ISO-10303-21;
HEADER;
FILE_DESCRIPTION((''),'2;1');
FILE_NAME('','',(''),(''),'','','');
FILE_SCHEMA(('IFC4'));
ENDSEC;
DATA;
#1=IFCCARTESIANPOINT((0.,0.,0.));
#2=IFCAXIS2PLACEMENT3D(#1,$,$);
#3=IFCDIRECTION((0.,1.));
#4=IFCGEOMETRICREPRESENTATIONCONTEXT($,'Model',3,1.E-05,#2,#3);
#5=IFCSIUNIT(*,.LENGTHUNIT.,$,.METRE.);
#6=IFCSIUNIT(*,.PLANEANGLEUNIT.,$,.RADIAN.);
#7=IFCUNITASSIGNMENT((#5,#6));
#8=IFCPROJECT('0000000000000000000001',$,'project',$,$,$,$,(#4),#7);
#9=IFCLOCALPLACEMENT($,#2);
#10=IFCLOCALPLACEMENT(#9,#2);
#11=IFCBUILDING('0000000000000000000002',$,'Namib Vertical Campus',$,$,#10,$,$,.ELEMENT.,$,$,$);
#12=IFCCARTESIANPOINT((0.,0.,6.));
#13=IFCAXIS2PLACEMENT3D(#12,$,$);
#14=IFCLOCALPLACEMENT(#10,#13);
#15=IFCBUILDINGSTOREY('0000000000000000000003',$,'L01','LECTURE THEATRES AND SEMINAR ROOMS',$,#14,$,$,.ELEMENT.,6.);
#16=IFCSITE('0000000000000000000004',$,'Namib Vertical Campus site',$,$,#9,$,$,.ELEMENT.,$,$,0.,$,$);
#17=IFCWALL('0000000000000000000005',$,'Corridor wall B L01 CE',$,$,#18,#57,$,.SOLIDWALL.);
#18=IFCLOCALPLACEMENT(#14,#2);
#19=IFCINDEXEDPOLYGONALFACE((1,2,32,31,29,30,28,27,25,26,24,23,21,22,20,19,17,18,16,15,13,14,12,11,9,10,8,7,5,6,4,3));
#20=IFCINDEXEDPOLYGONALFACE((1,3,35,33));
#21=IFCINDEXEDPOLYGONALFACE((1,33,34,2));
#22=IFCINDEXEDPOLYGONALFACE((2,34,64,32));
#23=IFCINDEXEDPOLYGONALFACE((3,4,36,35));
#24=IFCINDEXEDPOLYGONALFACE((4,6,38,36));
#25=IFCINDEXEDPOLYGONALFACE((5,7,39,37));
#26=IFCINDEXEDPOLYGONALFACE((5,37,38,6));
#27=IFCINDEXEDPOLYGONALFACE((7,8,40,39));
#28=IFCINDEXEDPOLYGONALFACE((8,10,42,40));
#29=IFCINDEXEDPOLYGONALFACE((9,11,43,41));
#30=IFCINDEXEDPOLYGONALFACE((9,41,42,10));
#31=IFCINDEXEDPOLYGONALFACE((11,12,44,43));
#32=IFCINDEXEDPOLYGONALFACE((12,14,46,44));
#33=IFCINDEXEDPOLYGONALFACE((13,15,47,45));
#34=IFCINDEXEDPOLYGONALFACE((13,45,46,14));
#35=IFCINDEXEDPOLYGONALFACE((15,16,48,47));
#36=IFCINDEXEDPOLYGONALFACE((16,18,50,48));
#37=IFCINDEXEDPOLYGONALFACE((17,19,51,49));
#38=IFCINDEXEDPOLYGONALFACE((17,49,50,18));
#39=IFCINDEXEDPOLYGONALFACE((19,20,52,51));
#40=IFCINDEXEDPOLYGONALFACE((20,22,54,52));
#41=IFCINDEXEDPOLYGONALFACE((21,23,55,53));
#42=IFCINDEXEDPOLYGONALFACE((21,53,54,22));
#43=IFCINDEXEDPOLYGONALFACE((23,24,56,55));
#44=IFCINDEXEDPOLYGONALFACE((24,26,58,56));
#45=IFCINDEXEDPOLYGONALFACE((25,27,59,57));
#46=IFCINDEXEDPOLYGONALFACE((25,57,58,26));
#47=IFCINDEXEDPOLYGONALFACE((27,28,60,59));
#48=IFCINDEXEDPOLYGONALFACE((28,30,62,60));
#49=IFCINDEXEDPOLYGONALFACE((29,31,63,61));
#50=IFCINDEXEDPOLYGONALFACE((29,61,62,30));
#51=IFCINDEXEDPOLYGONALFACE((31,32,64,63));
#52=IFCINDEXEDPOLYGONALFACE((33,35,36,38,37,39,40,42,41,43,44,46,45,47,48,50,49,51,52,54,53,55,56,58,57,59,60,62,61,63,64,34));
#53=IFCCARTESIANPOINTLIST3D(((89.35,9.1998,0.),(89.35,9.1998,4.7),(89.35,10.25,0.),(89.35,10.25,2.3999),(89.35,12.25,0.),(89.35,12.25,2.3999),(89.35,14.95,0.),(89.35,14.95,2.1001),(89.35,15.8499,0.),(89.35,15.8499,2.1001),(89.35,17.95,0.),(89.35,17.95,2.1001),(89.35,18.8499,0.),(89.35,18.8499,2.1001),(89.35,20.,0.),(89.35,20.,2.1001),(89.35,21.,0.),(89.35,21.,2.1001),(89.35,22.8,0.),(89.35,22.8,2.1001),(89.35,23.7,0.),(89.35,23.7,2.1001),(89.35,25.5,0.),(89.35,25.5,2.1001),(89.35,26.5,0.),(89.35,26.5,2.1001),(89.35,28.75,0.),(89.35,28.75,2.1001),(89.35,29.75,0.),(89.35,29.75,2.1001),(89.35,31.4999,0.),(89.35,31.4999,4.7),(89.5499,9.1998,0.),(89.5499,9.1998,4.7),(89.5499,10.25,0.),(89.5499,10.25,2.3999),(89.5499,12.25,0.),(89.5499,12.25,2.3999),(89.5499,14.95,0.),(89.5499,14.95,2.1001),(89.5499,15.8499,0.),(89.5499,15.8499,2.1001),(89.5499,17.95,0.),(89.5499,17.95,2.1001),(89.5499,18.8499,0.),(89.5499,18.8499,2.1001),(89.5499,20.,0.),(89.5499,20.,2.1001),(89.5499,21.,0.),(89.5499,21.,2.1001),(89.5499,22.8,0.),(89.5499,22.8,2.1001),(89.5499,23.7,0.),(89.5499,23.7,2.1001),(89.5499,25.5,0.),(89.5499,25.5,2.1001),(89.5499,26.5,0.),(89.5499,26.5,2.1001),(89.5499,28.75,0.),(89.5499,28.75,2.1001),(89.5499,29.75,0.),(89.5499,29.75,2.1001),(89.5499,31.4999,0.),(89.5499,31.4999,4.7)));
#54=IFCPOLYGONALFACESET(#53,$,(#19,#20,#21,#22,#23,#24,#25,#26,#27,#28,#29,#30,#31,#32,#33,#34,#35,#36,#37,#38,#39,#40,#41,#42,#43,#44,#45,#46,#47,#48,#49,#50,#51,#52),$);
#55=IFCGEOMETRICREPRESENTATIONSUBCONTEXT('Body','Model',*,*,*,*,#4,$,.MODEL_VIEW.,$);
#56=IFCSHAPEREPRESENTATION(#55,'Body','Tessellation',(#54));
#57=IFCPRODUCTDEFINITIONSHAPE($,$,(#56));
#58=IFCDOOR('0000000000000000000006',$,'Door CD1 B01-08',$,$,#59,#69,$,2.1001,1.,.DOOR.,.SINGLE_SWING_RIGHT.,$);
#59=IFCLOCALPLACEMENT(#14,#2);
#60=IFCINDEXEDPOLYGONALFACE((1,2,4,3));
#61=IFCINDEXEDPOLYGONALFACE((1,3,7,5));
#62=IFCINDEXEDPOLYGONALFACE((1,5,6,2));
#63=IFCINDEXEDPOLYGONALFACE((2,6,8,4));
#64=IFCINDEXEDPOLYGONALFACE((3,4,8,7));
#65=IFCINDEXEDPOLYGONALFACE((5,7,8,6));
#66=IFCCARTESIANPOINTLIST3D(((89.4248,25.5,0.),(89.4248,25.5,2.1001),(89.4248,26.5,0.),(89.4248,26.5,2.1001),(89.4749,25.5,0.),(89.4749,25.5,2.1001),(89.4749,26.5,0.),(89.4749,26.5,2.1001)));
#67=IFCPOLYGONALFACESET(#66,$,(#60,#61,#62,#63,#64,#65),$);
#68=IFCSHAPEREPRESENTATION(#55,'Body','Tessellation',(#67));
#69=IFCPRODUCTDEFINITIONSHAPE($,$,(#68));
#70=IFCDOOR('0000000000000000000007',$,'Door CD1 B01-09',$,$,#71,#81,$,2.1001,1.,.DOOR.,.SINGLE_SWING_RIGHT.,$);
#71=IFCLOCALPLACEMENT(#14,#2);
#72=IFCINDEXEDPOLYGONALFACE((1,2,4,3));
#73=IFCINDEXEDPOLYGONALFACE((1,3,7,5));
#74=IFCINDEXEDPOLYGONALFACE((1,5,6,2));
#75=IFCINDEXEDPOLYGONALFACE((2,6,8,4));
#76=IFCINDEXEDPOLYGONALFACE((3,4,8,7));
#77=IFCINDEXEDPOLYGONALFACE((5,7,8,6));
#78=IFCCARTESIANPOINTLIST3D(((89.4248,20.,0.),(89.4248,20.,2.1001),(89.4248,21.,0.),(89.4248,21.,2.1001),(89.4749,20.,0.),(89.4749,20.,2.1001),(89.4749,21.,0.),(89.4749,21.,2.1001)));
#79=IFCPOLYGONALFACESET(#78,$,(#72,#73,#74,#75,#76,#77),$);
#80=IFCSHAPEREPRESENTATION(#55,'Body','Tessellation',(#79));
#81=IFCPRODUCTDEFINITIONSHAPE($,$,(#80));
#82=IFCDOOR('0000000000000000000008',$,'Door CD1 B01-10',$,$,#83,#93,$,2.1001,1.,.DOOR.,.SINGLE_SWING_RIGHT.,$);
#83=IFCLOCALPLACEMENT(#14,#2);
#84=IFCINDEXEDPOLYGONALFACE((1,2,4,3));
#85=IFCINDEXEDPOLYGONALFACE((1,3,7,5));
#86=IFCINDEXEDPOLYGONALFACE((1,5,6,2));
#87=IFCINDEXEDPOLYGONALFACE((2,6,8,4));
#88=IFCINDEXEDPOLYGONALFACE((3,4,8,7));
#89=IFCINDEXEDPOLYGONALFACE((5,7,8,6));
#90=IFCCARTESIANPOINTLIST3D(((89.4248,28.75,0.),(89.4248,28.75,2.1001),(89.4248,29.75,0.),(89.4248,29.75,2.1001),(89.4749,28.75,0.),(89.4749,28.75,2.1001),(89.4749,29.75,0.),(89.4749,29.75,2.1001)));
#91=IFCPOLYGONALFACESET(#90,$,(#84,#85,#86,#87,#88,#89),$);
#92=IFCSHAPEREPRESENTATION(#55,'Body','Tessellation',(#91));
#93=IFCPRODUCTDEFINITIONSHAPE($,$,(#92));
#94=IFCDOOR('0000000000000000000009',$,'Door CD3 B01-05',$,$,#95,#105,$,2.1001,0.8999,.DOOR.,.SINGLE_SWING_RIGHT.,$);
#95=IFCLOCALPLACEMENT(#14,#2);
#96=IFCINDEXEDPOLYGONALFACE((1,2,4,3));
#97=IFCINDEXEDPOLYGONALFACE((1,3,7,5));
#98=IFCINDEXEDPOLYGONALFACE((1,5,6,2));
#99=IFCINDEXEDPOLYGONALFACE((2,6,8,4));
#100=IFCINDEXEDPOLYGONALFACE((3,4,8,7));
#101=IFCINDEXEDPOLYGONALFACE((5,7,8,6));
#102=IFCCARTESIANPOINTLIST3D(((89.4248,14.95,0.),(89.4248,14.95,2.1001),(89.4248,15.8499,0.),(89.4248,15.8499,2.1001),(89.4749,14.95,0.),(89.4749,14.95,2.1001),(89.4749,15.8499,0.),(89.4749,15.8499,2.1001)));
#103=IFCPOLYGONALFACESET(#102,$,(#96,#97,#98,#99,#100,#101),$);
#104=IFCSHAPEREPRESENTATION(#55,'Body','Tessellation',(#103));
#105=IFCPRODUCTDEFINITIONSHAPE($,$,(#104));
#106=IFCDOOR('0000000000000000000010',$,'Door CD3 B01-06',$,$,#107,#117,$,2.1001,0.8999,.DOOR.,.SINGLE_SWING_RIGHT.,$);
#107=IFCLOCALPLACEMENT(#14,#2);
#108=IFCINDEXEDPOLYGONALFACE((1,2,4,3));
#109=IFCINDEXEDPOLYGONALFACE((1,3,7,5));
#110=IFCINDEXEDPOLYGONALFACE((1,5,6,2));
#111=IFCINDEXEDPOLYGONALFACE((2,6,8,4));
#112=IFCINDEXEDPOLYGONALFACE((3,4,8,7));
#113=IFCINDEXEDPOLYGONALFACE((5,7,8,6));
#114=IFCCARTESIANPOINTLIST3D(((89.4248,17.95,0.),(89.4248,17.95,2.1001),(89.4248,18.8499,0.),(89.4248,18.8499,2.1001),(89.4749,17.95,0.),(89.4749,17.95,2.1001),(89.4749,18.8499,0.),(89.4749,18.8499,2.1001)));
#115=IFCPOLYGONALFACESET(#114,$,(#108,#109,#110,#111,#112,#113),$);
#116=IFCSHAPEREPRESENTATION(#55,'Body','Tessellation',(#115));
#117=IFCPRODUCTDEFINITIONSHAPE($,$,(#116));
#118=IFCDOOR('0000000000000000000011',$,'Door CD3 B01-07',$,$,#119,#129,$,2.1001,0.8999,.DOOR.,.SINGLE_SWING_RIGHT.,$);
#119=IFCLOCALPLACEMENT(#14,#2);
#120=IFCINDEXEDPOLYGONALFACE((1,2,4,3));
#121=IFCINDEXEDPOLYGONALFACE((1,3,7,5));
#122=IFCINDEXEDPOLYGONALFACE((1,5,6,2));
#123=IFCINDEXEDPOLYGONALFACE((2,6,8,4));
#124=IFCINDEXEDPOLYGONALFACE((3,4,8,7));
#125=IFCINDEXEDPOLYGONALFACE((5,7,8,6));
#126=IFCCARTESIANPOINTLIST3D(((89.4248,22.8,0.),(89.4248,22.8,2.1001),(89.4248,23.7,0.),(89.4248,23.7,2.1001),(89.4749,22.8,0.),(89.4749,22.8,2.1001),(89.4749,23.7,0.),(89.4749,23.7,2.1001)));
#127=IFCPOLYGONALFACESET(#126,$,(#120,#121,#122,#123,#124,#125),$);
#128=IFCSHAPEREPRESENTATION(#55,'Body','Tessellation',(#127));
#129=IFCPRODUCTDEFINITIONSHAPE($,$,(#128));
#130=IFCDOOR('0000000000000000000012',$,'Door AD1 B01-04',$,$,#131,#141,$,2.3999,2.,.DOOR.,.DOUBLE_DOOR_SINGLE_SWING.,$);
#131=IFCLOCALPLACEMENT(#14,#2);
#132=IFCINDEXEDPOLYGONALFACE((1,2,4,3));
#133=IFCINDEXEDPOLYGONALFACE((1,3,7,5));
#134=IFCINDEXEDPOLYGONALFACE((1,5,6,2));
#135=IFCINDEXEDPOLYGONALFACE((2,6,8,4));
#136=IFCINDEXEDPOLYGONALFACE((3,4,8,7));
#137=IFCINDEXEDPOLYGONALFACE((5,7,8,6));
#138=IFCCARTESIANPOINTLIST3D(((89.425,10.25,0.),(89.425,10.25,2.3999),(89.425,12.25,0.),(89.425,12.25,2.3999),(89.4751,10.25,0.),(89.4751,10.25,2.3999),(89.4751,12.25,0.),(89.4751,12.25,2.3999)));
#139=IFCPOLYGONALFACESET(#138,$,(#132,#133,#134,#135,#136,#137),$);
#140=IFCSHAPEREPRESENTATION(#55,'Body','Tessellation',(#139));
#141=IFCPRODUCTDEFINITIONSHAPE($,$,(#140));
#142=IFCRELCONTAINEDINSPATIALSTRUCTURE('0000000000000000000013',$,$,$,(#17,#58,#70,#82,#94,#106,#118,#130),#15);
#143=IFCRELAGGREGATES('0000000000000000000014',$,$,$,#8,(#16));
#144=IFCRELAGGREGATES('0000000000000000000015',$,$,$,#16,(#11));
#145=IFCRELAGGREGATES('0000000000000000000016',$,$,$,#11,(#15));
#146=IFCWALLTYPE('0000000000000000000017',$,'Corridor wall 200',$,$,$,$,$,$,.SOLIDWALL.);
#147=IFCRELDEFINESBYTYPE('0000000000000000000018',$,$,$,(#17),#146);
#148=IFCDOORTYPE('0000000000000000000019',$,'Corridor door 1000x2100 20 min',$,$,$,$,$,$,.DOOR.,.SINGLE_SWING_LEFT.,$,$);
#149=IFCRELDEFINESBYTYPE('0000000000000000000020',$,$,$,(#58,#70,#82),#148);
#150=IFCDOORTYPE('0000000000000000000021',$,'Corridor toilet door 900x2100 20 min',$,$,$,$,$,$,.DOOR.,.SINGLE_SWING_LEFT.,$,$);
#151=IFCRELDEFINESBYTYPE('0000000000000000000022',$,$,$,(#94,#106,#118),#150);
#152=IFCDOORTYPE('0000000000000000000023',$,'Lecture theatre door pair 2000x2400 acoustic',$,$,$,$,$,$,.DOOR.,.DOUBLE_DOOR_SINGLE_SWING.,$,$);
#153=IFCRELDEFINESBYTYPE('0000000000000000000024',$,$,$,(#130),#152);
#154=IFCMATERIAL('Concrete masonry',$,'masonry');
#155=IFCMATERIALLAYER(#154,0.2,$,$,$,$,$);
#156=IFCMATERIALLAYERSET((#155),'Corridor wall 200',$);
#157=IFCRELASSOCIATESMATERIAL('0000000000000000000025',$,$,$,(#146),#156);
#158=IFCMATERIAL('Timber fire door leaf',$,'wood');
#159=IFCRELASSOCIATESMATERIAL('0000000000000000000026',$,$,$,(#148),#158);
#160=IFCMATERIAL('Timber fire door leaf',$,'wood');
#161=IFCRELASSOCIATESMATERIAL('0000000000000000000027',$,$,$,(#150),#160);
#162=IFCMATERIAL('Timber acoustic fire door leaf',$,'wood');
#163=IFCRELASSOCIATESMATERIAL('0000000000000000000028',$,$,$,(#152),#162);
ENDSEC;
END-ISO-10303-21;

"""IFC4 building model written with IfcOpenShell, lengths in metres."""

from ifc_helpers import new_model, si_unit, direction, frame, frame_2d, origin, place, context, subcontext, project, spatial, rectangle, extrude, material, layer, layer_set, type_object, element, fill, save


model = new_model("IFC4")

# Units and contexts
model_context = context("Model", 3, precision=1e-05, world=origin(), true_north=direction((0.0, 1.0)))
body_context = subcontext(model_context, "Body", "Model", "MODEL_VIEW")
ifc_project = project(units=[si_unit("LENGTHUNIT", "METRE"), si_unit("PLANEANGLEUNIT", "RADIAN")], contexts=[model_context])

# Site, building, storey
site_placement = place(None, origin())
site = spatial("IfcSite", under=ifc_project, at=site_placement, Name="Namib Vertical Campus site", CompositionType="ELEMENT", RefElevation=0.0)
building_placement = place(site_placement, origin())
building = spatial("IfcBuilding", under=site, at=building_placement, Name="Namib Vertical Campus", CompositionType="ELEMENT")
storey_placement = place(building_placement, frame((0.0, 0.0, 6.0)))
storey = spatial("IfcBuildingStorey", under=building, at=storey_placement, Name="L01", Description="LECTURE THEATRES AND SEMINAR ROOMS", CompositionType="ELEMENT", Elevation=6.0)

# Wall, openings, doors
ifc_material_1 = material(Name="Concrete masonry", Category="masonry")
ifc_layer_1 = layer(ifc_material_1, 0.2)
ifc_layer_set_1 = layer_set([ifc_layer_1], Name="Corridor wall 200")
wall_type_1 = type_object("IfcWallType", Name="Corridor wall 200", PredefinedType="SOLIDWALL", material=ifc_layer_set_1)
wall_1_placement = place(storey_placement, frame((89.45, 9.2, 0.0), z_axis=(0.0, 0.0, 1.0), x_axis=(0.0, 1.0, 0.0)))
wall_1 = element("IfcWall", 1, at=wall_1_placement, inside=storey, type_object=wall_type_1, Name="Corridor wall B L01 CE", PredefinedType="SOLIDWALL", context=body_context, shape_type="SweptSolid", body=[
    extrude(rectangle(XDim=22.3, YDim=0.2, at=frame_2d((11.1499, 0.0))), origin(), (0.0, 0.0, 1.0), 4.7),
])
opening_1_placement = place(wall_1_placement, frame((1.05, 0.0, 0.0)))
opening_1 = element("IfcOpeningElement", 2, at=opening_1_placement, cuts=wall_1, PredefinedType="OPENING", context=body_context, shape_type="SweptSolid", body=[
    extrude(rectangle(XDim=2.0, YDim=2.3999, at=frame_2d((1.0, 1.2))), frame((0.0, 0.1099, 0.0), z_axis=(0.0, -1.0, 0.0), x_axis=(1.0, 0.0, 0.0)), (0.0, 0.0, 1.0), 0.22),
])
opening_2_placement = place(wall_1_placement, frame((5.75, 0.0, 0.0)))
opening_2 = element("IfcOpeningElement", 3, at=opening_2_placement, cuts=wall_1, PredefinedType="OPENING", context=body_context, shape_type="SweptSolid", body=[
    extrude(rectangle(XDim=0.8999, YDim=2.1001, at=frame_2d((0.45, 1.05))), frame((0.0, 0.1099, 0.0), z_axis=(0.0, -1.0, 0.0), x_axis=(1.0, 0.0, 0.0)), (0.0, 0.0, 1.0), 0.22),
])
opening_3_placement = place(wall_1_placement, frame((8.75, 0.0, 0.0)))
opening_3 = element("IfcOpeningElement", 4, at=opening_3_placement, cuts=wall_1, PredefinedType="OPENING", context=body_context, shape_type="SweptSolid", body=[
    extrude(rectangle(XDim=0.8999, YDim=2.1001, at=frame_2d((0.45, 1.05))), frame((0.0, 0.1099, 0.0), z_axis=(0.0, -1.0, 0.0), x_axis=(1.0, 0.0, 0.0)), (0.0, 0.0, 1.0), 0.22),
])
opening_4_placement = place(wall_1_placement, frame((13.6001, 0.0, 0.0)))
opening_4 = element("IfcOpeningElement", 5, at=opening_4_placement, cuts=wall_1, PredefinedType="OPENING", context=body_context, shape_type="SweptSolid", body=[
    extrude(rectangle(XDim=0.8999, YDim=2.1001, at=frame_2d((0.45, 1.05))), frame((0.0, 0.1099, 0.0), z_axis=(0.0, -1.0, 0.0), x_axis=(1.0, 0.0, 0.0)), (0.0, 0.0, 1.0), 0.22),
])
opening_5_placement = place(wall_1_placement, frame((16.3, 0.0, 0.0)))
opening_5 = element("IfcOpeningElement", 6, at=opening_5_placement, cuts=wall_1, PredefinedType="OPENING", context=body_context, shape_type="SweptSolid", body=[
    extrude(rectangle(XDim=1.0, YDim=2.1001, at=frame_2d((0.5, 1.05))), frame((0.0, 0.1099, 0.0), z_axis=(0.0, -1.0, 0.0), x_axis=(1.0, 0.0, 0.0)), (0.0, 0.0, 1.0), 0.22),
])
opening_6_placement = place(wall_1_placement, frame((10.8, 0.0, 0.0)))
opening_6 = element("IfcOpeningElement", 7, at=opening_6_placement, cuts=wall_1, PredefinedType="OPENING", context=body_context, shape_type="SweptSolid", body=[
    extrude(rectangle(XDim=1.0, YDim=2.1001, at=frame_2d((0.5, 1.05))), frame((0.0, 0.1099, 0.0), z_axis=(0.0, -1.0, 0.0), x_axis=(1.0, 0.0, 0.0)), (0.0, 0.0, 1.0), 0.22),
])
opening_7_placement = place(wall_1_placement, frame((19.55, 0.0, 0.0)))
opening_7 = element("IfcOpeningElement", 8, at=opening_7_placement, cuts=wall_1, PredefinedType="OPENING", context=body_context, shape_type="SweptSolid", body=[
    extrude(rectangle(XDim=1.0, YDim=2.1001, at=frame_2d((0.5, 1.05))), frame((0.0, 0.1099, 0.0), z_axis=(0.0, -1.0, 0.0), x_axis=(1.0, 0.0, 0.0)), (0.0, 0.0, 1.0), 0.22),
])
ifc_material_2 = material(Name="Timber fire door leaf", Category="wood")
door_type_1 = type_object("IfcDoorType", Name="Corridor door 1000x2100 20 min", OperationType="SINGLE_SWING_LEFT", PredefinedType="DOOR", material=ifc_material_2)
door_1_placement = place(opening_5_placement, frame((1.0, 0.0, 0.0), z_axis=(0.0, 0.0, 1.0), x_axis=(-1.0, 0.0, 0.0)))
door_1 = element("IfcDoor", 9, at=door_1_placement, inside=storey, type_object=door_type_1, Name="Door CD1 B01-08", OperationType="SINGLE_SWING_RIGHT", OverallHeight=2.1001, OverallWidth=1.0, PredefinedType="DOOR", context=body_context, shape_type="SweptSolid", body=[
    extrude(rectangle(XDim=1.0, YDim=2.1001, at=frame_2d((0.5, 1.05))), frame((0.0, 0.0249, 0.0), z_axis=(0.0, -1.0, 0.0), x_axis=(1.0, 0.0, 0.0)), (0.0, 0.0, 1.0), 0.05),
])
fill(opening_5, door_1)
door_2_placement = place(opening_6_placement, frame((1.0, 0.0, 0.0), z_axis=(0.0, 0.0, 1.0), x_axis=(-1.0, 0.0, 0.0)))
door_2 = element("IfcDoor", 10, at=door_2_placement, inside=storey, type_object=door_type_1, Name="Door CD1 B01-09", OperationType="SINGLE_SWING_RIGHT", OverallHeight=2.1001, OverallWidth=1.0, PredefinedType="DOOR", context=body_context, shape_type="SweptSolid", body=[
    extrude(rectangle(XDim=1.0, YDim=2.1001, at=frame_2d((0.5, 1.05))), frame((0.0, 0.0249, 0.0), z_axis=(0.0, -1.0, 0.0), x_axis=(1.0, 0.0, 0.0)), (0.0, 0.0, 1.0), 0.05),
])
fill(opening_6, door_2)
door_3_placement = place(opening_7_placement, frame((1.0, 0.0, 0.0), z_axis=(0.0, 0.0, 1.0), x_axis=(-1.0, 0.0, 0.0)))
door_3 = element("IfcDoor", 11, at=door_3_placement, inside=storey, type_object=door_type_1, Name="Door CD1 B01-10", OperationType="SINGLE_SWING_RIGHT", OverallHeight=2.1001, OverallWidth=1.0, PredefinedType="DOOR", context=body_context, shape_type="SweptSolid", body=[
    extrude(rectangle(XDim=1.0, YDim=2.1001, at=frame_2d((0.5, 1.05))), frame((0.0, 0.0249, 0.0), z_axis=(0.0, -1.0, 0.0), x_axis=(1.0, 0.0, 0.0)), (0.0, 0.0, 1.0), 0.05),
])
fill(opening_7, door_3)
ifc_material_3 = material(Name="Timber fire door leaf", Category="wood")
door_type_2 = type_object("IfcDoorType", Name="Corridor toilet door 900x2100 20 min", OperationType="SINGLE_SWING_LEFT", PredefinedType="DOOR", material=ifc_material_3)
door_4_placement = place(opening_2_placement, frame((0.8999, 0.0, 0.0), z_axis=(0.0, 0.0, 1.0), x_axis=(-1.0, 0.0, 0.0)))
door_4 = element("IfcDoor", 12, at=door_4_placement, inside=storey, type_object=door_type_2, Name="Door CD3 B01-05", OperationType="SINGLE_SWING_RIGHT", OverallHeight=2.1001, OverallWidth=0.8999, PredefinedType="DOOR", context=body_context, shape_type="SweptSolid", body=[
    extrude(rectangle(XDim=0.8999, YDim=2.1001, at=frame_2d((0.45, 1.05))), frame((0.0, 0.0249, 0.0), z_axis=(0.0, -1.0, 0.0), x_axis=(1.0, 0.0, 0.0)), (0.0, 0.0, 1.0), 0.05),
])
fill(opening_2, door_4)
door_5_placement = place(opening_3_placement, frame((0.8999, 0.0, 0.0), z_axis=(0.0, 0.0, 1.0), x_axis=(-1.0, 0.0, 0.0)))
door_5 = element("IfcDoor", 13, at=door_5_placement, inside=storey, type_object=door_type_2, Name="Door CD3 B01-06", OperationType="SINGLE_SWING_RIGHT", OverallHeight=2.1001, OverallWidth=0.8999, PredefinedType="DOOR", context=body_context, shape_type="SweptSolid", body=[
    extrude(rectangle(XDim=0.8999, YDim=2.1001, at=frame_2d((0.45, 1.05))), frame((0.0, 0.0249, 0.0), z_axis=(0.0, -1.0, 0.0), x_axis=(1.0, 0.0, 0.0)), (0.0, 0.0, 1.0), 0.05),
])
fill(opening_3, door_5)
door_6_placement = place(opening_4_placement, frame((0.8999, 0.0, 0.0), z_axis=(0.0, 0.0, 1.0), x_axis=(-1.0, 0.0, 0.0)))
door_6 = element("IfcDoor", 14, at=door_6_placement, inside=storey, type_object=door_type_2, Name="Door CD3 B01-07", OperationType="SINGLE_SWING_RIGHT", OverallHeight=2.1001, OverallWidth=0.8999, PredefinedType="DOOR", context=body_context, shape_type="SweptSolid", body=[
    extrude(rectangle(XDim=0.8999, YDim=2.1001, at=frame_2d((0.45, 1.05))), frame((0.0, 0.0249, 0.0), z_axis=(0.0, -1.0, 0.0), x_axis=(1.0, 0.0, 0.0)), (0.0, 0.0, 1.0), 0.05),
])
fill(opening_4, door_6)
ifc_material_4 = material(Name="Timber acoustic fire door leaf", Category="wood")
door_type_3 = type_object("IfcDoorType", Name="Lecture theatre door pair 2000x2400 acoustic", OperationType="DOUBLE_DOOR_SINGLE_SWING", PredefinedType="DOOR", material=ifc_material_4)
door_7_placement = place(opening_1_placement, origin())
door_7 = element("IfcDoor", 15, at=door_7_placement, inside=storey, type_object=door_type_3, Name="Door AD1 B01-04", OperationType="DOUBLE_DOOR_SINGLE_SWING", OverallHeight=2.3999, OverallWidth=2.0, PredefinedType="DOOR", context=body_context, shape_type="SweptSolid", body=[
    extrude(rectangle(XDim=2.0, YDim=2.3999, at=frame_2d((1.0, 1.2))), frame((0.0, 0.0249, 0.0), z_axis=(0.0, -1.0, 0.0), x_axis=(1.0, 0.0, 0.0)), (0.0, 0.0, 1.0), 0.05),
])
fill(opening_1, door_7)

save(model, "model.ifc")
